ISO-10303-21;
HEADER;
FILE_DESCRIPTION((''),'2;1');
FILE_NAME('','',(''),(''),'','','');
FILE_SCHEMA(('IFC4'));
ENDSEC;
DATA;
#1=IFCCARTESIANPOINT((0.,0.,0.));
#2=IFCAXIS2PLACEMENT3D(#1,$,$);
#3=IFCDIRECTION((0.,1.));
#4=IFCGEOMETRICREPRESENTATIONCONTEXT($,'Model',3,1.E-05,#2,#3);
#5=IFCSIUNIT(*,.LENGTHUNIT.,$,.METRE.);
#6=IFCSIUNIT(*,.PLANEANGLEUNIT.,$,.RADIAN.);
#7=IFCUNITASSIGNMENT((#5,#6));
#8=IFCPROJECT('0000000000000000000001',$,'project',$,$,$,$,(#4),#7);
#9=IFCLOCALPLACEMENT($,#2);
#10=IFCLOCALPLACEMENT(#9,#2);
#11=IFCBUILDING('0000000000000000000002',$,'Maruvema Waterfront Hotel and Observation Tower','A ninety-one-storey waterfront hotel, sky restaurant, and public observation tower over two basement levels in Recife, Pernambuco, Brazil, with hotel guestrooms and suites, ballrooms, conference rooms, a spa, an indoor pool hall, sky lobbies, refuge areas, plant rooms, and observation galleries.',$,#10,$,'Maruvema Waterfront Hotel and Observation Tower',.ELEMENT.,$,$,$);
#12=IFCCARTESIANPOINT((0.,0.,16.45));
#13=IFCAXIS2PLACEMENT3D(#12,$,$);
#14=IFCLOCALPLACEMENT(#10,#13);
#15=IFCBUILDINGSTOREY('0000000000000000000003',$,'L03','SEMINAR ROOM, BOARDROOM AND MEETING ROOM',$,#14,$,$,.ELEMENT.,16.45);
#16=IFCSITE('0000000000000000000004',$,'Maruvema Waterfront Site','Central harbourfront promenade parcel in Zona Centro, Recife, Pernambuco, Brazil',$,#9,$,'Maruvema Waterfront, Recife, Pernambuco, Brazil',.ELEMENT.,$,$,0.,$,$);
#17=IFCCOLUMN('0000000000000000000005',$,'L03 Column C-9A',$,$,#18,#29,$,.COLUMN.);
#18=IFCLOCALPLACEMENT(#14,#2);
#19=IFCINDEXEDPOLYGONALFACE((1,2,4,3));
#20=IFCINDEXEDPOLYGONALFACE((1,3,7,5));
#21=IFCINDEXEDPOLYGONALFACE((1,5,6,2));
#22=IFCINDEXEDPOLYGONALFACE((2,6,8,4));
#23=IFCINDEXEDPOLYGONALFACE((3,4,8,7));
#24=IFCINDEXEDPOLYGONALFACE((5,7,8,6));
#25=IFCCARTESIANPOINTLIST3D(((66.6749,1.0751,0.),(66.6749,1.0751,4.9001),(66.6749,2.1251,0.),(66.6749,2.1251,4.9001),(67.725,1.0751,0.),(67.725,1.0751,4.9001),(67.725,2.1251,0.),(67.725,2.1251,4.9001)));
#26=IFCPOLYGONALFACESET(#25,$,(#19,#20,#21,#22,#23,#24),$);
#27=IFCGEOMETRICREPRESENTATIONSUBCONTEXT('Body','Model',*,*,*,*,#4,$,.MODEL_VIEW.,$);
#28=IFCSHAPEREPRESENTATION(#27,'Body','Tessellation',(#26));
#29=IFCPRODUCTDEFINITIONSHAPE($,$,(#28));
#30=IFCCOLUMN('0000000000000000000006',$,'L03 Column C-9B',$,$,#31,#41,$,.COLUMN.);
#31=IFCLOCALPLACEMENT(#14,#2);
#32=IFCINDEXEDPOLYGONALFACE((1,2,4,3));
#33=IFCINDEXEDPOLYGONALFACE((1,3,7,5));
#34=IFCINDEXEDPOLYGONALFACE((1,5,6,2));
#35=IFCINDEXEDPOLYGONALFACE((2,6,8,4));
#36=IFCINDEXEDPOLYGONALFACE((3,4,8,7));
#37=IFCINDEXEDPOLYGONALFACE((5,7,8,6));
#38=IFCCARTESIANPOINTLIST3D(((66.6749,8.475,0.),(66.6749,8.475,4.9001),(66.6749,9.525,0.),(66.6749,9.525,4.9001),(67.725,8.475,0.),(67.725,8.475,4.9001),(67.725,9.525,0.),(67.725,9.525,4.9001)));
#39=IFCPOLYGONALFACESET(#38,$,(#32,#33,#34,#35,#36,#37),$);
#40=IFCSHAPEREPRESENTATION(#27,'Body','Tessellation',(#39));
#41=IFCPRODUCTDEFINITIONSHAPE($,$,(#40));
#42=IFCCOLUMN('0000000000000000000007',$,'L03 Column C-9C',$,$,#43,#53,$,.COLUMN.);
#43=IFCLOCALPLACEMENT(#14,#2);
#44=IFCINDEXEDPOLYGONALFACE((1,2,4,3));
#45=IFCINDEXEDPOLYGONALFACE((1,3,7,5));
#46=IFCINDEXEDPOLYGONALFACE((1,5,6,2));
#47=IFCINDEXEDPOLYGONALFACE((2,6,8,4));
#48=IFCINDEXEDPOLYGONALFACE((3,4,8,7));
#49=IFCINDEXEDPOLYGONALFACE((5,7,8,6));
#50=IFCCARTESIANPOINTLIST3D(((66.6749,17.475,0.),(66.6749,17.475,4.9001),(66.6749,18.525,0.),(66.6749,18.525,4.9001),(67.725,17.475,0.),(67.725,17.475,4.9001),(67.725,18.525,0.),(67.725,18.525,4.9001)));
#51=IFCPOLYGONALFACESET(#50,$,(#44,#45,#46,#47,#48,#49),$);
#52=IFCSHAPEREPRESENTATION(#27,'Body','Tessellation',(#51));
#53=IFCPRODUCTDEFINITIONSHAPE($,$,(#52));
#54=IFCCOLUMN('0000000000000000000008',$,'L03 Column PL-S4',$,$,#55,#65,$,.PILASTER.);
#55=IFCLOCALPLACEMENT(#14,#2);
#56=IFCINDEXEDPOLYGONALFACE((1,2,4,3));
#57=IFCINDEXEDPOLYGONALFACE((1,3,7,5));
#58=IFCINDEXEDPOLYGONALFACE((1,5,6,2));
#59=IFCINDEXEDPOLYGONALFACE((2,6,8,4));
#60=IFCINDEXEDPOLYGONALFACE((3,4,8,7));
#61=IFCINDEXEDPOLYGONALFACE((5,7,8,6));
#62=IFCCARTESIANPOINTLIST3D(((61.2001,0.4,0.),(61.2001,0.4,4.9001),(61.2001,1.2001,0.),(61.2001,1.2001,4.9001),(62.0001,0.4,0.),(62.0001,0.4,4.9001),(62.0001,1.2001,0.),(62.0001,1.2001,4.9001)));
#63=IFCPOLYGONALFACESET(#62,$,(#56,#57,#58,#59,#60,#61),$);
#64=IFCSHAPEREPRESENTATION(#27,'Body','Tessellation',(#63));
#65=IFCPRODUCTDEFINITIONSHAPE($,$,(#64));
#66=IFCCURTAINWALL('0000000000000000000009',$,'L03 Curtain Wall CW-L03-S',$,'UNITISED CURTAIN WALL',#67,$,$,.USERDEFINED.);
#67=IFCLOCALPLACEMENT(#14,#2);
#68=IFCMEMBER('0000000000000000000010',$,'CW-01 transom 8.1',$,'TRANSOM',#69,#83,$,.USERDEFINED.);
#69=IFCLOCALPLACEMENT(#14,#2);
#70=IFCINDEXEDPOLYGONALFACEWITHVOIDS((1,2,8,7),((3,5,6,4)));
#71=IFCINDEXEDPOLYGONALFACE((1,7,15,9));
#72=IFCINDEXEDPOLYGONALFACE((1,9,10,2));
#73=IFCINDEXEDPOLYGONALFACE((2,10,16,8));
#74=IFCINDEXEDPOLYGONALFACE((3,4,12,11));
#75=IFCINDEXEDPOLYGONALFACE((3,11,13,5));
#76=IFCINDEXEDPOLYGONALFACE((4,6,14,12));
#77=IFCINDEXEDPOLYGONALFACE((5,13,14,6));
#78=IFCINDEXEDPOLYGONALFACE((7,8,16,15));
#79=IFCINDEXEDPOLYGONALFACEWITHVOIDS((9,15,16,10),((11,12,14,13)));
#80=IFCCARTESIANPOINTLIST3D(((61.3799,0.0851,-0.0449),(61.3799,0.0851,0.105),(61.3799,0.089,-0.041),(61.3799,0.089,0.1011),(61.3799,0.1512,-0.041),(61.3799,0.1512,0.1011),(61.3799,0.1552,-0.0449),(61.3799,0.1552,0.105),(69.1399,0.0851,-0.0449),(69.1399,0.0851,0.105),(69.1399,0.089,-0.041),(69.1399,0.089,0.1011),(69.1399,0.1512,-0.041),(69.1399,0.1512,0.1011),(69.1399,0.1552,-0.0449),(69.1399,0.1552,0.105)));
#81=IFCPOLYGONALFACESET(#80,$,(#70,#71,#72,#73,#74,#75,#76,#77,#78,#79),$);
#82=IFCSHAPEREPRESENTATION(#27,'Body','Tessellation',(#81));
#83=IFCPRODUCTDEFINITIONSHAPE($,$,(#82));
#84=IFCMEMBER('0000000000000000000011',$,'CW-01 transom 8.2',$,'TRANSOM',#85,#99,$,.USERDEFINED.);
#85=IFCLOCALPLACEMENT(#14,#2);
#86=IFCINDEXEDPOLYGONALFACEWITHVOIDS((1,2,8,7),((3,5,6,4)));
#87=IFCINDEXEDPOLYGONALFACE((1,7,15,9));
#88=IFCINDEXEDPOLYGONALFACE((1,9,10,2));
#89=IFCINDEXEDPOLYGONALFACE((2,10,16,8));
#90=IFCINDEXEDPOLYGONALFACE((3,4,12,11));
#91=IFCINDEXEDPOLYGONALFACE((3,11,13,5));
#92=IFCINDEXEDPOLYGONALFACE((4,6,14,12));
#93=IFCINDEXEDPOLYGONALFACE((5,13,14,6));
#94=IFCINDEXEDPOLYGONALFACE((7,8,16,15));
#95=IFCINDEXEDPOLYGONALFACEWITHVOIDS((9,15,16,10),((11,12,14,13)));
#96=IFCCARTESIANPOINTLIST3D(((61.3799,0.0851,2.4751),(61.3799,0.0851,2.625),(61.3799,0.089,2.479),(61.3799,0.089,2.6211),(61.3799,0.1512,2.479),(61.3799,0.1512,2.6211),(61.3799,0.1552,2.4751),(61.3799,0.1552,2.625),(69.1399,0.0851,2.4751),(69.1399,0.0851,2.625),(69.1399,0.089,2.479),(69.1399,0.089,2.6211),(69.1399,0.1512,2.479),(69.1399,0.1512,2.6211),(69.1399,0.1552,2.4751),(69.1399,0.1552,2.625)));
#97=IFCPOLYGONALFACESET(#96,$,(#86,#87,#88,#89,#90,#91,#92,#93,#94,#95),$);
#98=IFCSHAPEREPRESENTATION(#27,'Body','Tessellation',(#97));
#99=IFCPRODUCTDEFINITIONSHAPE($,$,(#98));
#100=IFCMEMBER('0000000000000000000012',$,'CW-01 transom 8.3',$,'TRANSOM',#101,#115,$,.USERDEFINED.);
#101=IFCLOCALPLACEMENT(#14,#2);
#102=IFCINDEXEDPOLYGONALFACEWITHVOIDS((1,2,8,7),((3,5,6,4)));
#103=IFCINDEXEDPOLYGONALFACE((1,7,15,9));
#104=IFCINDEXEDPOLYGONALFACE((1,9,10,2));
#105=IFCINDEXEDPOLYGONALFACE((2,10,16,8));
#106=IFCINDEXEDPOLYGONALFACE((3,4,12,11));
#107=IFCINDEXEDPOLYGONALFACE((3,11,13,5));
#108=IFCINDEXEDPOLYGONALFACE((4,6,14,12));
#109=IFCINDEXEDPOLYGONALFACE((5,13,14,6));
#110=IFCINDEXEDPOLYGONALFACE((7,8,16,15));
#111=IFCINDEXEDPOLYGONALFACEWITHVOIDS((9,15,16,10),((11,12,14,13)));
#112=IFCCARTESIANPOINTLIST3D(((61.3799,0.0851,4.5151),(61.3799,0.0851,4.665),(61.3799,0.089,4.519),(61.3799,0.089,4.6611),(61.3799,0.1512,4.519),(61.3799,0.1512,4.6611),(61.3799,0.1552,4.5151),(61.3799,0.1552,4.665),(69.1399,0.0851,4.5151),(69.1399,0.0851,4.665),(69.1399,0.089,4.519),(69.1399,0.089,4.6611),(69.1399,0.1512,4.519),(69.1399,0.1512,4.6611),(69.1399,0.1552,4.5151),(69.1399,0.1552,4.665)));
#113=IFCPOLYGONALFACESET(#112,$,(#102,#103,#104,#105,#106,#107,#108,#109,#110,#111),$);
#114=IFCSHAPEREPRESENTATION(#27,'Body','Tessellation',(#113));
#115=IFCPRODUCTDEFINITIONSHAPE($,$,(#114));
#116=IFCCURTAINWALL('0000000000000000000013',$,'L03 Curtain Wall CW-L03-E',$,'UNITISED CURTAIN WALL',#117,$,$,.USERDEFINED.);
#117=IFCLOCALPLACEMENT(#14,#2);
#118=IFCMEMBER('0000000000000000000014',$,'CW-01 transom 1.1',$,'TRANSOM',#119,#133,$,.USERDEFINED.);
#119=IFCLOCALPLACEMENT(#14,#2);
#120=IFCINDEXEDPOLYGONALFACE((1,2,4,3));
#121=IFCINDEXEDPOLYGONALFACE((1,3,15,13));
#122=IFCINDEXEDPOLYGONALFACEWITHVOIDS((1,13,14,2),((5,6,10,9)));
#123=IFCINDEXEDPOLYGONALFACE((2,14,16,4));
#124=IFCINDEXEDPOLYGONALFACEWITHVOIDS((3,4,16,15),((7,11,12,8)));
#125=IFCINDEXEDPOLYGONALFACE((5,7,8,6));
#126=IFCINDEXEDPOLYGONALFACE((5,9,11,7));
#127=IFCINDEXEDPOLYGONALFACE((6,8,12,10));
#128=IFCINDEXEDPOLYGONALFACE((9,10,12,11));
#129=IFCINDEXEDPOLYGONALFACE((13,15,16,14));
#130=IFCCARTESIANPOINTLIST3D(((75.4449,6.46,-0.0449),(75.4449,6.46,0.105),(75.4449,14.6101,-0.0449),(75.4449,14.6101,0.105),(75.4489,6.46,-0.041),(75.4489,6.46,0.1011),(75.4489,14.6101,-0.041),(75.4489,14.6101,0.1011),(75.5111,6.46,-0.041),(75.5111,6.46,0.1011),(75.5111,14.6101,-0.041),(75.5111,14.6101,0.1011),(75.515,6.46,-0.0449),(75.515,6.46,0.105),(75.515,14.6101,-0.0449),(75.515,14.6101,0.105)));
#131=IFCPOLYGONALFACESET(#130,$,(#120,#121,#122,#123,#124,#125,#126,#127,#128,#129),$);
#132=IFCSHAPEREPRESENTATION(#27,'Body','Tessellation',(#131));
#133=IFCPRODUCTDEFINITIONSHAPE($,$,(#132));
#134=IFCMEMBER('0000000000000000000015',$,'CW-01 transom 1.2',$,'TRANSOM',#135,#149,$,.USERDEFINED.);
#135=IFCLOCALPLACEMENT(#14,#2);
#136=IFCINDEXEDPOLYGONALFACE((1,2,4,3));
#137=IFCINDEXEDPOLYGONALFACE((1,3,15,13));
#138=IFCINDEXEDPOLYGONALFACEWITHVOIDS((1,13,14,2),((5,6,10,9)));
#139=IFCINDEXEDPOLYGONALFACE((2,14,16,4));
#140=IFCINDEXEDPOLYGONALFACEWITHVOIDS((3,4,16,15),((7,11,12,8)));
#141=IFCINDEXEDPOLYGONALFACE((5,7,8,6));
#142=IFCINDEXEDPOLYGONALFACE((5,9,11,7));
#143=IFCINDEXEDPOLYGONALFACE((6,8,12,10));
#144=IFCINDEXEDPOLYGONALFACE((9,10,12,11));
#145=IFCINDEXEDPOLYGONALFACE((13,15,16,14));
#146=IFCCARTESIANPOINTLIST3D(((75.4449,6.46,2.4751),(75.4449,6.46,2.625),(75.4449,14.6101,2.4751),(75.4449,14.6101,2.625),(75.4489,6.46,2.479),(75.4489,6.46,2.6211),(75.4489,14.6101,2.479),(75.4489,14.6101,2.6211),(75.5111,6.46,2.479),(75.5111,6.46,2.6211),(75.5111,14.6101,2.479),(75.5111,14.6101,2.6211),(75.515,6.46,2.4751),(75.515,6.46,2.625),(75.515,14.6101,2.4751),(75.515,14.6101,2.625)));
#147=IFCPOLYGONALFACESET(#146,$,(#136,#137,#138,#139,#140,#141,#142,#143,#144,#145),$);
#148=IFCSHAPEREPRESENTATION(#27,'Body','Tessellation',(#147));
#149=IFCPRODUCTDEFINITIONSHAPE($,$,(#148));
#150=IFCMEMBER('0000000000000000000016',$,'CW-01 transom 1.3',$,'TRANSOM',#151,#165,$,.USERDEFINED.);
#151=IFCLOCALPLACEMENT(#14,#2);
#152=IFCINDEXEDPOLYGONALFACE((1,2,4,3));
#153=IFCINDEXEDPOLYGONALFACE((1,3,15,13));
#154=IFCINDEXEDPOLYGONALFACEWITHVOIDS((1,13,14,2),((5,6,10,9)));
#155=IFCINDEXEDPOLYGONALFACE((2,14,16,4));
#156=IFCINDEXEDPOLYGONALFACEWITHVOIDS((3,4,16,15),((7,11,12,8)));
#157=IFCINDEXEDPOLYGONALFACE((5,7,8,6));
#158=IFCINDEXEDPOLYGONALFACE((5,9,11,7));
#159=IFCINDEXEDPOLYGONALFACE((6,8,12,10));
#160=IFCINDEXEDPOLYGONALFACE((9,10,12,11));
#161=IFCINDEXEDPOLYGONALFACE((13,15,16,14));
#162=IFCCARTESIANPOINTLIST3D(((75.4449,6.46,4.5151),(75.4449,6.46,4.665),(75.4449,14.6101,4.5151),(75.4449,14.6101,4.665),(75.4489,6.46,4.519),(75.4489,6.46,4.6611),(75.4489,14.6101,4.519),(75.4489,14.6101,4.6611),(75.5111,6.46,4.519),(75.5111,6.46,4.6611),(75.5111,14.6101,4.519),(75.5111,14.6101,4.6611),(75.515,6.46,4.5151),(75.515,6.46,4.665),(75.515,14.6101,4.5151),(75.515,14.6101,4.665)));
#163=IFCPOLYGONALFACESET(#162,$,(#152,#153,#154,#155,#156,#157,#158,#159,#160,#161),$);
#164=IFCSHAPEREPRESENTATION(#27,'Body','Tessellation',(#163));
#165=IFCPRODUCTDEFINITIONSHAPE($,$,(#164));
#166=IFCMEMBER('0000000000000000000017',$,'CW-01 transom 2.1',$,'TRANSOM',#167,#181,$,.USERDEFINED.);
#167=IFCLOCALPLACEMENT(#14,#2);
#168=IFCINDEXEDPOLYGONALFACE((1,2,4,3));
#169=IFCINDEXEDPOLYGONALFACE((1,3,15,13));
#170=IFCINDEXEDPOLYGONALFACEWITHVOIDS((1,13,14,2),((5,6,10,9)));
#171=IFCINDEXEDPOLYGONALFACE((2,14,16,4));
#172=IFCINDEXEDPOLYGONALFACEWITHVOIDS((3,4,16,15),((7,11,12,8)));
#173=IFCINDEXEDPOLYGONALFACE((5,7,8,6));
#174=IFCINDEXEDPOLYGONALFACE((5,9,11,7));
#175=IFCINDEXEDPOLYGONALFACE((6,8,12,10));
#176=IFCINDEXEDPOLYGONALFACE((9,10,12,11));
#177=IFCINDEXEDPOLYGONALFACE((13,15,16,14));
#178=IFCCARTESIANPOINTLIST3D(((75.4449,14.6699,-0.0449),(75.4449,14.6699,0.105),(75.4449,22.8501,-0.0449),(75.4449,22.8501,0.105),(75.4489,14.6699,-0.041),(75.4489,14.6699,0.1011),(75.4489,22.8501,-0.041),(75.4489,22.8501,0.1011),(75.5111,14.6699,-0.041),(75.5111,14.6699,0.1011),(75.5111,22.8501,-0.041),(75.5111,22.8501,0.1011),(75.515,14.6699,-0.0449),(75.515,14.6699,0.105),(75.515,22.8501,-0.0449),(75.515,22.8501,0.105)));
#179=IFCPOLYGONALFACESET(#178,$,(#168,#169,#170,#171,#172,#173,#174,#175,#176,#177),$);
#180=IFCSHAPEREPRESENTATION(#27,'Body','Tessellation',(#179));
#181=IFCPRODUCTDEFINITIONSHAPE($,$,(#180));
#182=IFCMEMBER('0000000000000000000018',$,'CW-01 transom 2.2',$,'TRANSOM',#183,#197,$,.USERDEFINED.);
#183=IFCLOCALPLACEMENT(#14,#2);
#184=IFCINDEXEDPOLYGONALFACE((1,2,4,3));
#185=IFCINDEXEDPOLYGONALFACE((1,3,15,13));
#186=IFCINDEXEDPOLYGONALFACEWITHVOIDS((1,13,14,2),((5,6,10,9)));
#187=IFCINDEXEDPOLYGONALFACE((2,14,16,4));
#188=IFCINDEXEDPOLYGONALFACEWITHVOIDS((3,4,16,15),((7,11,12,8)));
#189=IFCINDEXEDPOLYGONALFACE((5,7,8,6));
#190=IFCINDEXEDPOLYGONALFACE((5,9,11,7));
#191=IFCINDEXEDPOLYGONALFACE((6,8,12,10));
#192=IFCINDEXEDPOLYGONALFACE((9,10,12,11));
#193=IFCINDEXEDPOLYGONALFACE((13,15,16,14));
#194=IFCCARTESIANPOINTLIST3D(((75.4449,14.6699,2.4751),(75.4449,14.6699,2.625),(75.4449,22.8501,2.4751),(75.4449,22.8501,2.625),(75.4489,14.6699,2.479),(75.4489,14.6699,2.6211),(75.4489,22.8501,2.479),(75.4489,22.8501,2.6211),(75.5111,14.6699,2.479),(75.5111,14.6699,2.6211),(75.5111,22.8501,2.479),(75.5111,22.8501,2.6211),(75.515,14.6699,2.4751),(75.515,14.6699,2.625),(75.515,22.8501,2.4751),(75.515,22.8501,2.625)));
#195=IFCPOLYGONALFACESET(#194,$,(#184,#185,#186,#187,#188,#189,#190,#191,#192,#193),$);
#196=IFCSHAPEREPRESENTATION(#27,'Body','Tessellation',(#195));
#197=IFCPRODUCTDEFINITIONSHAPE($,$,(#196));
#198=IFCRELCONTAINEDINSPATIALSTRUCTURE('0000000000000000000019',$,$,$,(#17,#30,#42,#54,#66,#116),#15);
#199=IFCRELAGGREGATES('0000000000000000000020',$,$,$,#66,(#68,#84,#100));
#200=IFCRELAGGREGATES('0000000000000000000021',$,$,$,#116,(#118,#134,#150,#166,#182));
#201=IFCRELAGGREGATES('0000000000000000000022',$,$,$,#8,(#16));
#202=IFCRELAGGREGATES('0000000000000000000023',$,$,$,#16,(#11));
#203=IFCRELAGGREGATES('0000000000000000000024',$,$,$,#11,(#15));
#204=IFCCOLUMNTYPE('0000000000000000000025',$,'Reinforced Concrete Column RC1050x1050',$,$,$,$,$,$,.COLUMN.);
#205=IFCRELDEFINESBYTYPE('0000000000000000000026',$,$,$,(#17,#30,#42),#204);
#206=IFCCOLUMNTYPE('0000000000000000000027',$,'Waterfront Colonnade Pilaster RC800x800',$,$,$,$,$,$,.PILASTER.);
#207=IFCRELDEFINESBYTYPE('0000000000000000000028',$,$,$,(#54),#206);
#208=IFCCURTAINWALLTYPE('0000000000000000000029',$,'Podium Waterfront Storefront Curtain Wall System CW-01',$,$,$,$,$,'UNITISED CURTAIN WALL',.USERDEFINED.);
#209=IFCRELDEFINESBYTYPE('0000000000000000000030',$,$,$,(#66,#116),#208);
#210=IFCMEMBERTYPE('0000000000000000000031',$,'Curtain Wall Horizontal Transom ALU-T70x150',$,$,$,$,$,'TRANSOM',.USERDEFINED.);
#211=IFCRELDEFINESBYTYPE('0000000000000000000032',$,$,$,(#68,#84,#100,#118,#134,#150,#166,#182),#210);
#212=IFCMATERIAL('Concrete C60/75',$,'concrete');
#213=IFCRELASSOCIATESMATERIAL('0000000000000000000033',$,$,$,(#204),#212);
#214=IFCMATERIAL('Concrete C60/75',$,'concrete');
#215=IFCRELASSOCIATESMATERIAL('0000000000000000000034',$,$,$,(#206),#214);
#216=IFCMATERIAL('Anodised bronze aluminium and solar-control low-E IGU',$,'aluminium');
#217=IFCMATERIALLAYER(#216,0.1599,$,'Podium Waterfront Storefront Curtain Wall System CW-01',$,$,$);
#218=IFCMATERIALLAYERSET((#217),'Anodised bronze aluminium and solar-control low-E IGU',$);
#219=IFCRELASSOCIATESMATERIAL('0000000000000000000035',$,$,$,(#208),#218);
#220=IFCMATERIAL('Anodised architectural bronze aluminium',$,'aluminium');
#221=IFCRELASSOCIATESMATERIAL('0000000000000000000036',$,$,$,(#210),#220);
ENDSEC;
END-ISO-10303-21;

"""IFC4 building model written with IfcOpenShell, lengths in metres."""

from ifc_helpers import new_model, si_unit, direction, frame, origin, origin_2d, place, context, subcontext, project, spatial, rectangle, hollow_rectangle, extrude, material, layer, layer_set, material_profile, profile_set, type_object, element, aggregate, save


model = new_model("IFC4")

# Units and contexts
model_context = context("Model", 3, precision=1e-05, world=origin(), true_north=direction((0.0, 1.0)))
body_context = subcontext(model_context, "Body", "Model", "MODEL_VIEW")
ifc_project = project(units=[si_unit("LENGTHUNIT", "METRE"), si_unit("PLANEANGLEUNIT", "RADIAN")], contexts=[model_context])

# Site, building, storey
site_placement = place(None, origin())
site = spatial("IfcSite", under=ifc_project, at=site_placement, Name="Maruvema Waterfront Site", Description="Central harbourfront promenade parcel in Zona Centro, Recife, Pernambuco, Brazil", LongName="Maruvema Waterfront, Recife, Pernambuco, Brazil", CompositionType="ELEMENT", RefElevation=0.0)
building_placement = place(site_placement, origin())
building = spatial("IfcBuilding", under=site, at=building_placement, Name="Maruvema Waterfront Hotel and Observation Tower", Description="A ninety-one-storey waterfront hotel, sky restaurant, and public observation tower over two basement levels in Recife, Pernambuco, Brazil, with hotel guestrooms and suites, ballrooms, conference rooms, a spa, an indoor pool hall, sky lobbies, refuge areas, plant rooms, and observation galleries.", LongName="Maruvema Waterfront Hotel and Observation Tower", CompositionType="ELEMENT")
storey_placement = place(building_placement, frame((0.0, 0.0, 16.45)))
storey = spatial("IfcBuildingStorey", under=building, at=storey_placement, Name="L03", Description="SEMINAR ROOM, BOARDROOM AND MEETING ROOM", CompositionType="ELEMENT", Elevation=16.45)

# Columns
ifc_material_1 = material(Name="Concrete C60/75", Category="concrete")
ifc_material_profile_1 = material_profile(ifc_material_1, rectangle(XDim=1.05, YDim=1.05, at=origin_2d()), Name="RC1050x1050")
ifc_profile_set_1 = profile_set([ifc_material_profile_1], Name="Concrete C60/75")
column_type_1 = type_object("IfcColumnType", Name="Reinforced Concrete Column RC1050x1050", PredefinedType="COLUMN", material=ifc_profile_set_1)
for number, where, z_axis, x_axis, name in (
    (1, (67.2, 1.6001, 0.0), (0.0, 0.0, 1.0), (1.0, 0.0, 0.0), "L03 Column C-9A"),
    (2, (67.2, 9.0, 0.0), (0.0, 0.0, 1.0), (1.0, 0.0, 0.0), "L03 Column C-9B"),
    (3, (67.2, 18.0, 0.0), (0.0, 0.0, 1.0), (1.0, 0.0, 0.0), "L03 Column C-9C"),
):
    element("IfcColumn", number, at=place(storey_placement, frame(where, z_axis=z_axis, x_axis=x_axis)), inside=storey, type_object=column_type_1, Name=name, PredefinedType="COLUMN", context=body_context, shape_type="SweptSolid", body=[
        extrude(rectangle(XDim=1.05, YDim=1.05, at=origin_2d()), origin(), (0.0, 0.0, 1.0), 4.9001),
    ])
ifc_material_2 = material(Name="Concrete C60/75", Category="concrete")
ifc_material_profile_2 = material_profile(ifc_material_2, rectangle(XDim=0.8, YDim=0.8, at=origin_2d()), Name="RC800x800")
ifc_profile_set_2 = profile_set([ifc_material_profile_2], Name="Concrete C60/75")
column_type_2 = type_object("IfcColumnType", Name="Waterfront Colonnade Pilaster RC800x800", PredefinedType="PILASTER", material=ifc_profile_set_2)
column_placement = place(storey_placement, frame((61.6001, 0.8, 0.0), z_axis=(0.0, 0.0, 1.0), x_axis=(1.0, 0.0, 0.0)))
element("IfcColumn", 4, at=column_placement, inside=storey, type_object=column_type_2, Name="L03 Column PL-S4", PredefinedType="PILASTER", context=body_context, shape_type="SweptSolid", body=[
    extrude(rectangle(XDim=0.8, YDim=0.8, at=origin_2d()), origin(), (0.0, 0.0, 1.0), 4.9001),
])

# Curtain walls, members
ifc_material_3 = material(Name="Anodised bronze aluminium and solar-control low-E IGU", Category="aluminium")
ifc_layer_1 = layer(ifc_material_3, 0.1599, Name="Podium Waterfront Storefront Curtain Wall System CW-01")
ifc_layer_set_1 = layer_set([ifc_layer_1], Name="Anodised bronze aluminium and solar-control low-E IGU")
curtain_wall_type = type_object("IfcCurtainWallType", Name="Podium Waterfront Storefront Curtain Wall System CW-01", ElementType="UNITISED CURTAIN WALL", PredefinedType="USERDEFINED", material=ifc_layer_set_1)
curtain_wall_1_placement = place(storey_placement, origin())
curtain_wall_1 = element("IfcCurtainWall", 5, at=curtain_wall_1_placement, inside=storey, type_object=curtain_wall_type, Name="L03 Curtain Wall CW-L03-S", ObjectType="UNITISED CURTAIN WALL", PredefinedType="USERDEFINED")
ifc_material_4 = material(Name="Anodised architectural bronze aluminium", Category="aluminium")
ifc_material_profile_3 = material_profile(ifc_material_4, hollow_rectangle(XDim=0.0701, YDim=0.1499, WallThickness=0.0039, at=origin_2d()), Name="ALU-T70x150")
ifc_profile_set_3 = profile_set([ifc_material_profile_3], Name="Anodised architectural bronze aluminium")
member_type_1 = type_object("IfcMemberType", Name="Curtain Wall Horizontal Transom ALU-T70x150", ElementType="TRANSOM", PredefinedType="USERDEFINED", material=ifc_profile_set_3)
member_1_placement = place(storey_placement, frame((61.3799, 0.1201, 0.03), z_axis=(1.0, 0.0, 0.0), x_axis=(0.0, 1.0, 0.0)))
member_1 = element("IfcMember", 6, at=member_1_placement, type_object=member_type_1, Name="CW-01 transom 8.1", ObjectType="TRANSOM", PredefinedType="USERDEFINED", context=body_context, shape_type="SweptSolid", body=[
    extrude(hollow_rectangle(XDim=0.0701, YDim=0.1499, WallThickness=0.0039, at=origin_2d()), origin(), (0.0, 0.0, 1.0), 7.76),
])
member_2_placement = place(storey_placement, frame((61.3799, 0.1201, 2.55), z_axis=(1.0, 0.0, 0.0), x_axis=(0.0, 1.0, 0.0)))
member_2 = element("IfcMember", 7, at=member_2_placement, type_object=member_type_1, Name="CW-01 transom 8.2", ObjectType="TRANSOM", PredefinedType="USERDEFINED", context=body_context, shape_type="SweptSolid", body=[
    extrude(hollow_rectangle(XDim=0.0701, YDim=0.1499, WallThickness=0.0039, at=origin_2d()), origin(), (0.0, 0.0, 1.0), 7.76),
])
member_3_placement = place(storey_placement, frame((61.3799, 0.1201, 4.5901), z_axis=(1.0, 0.0, 0.0), x_axis=(0.0, 1.0, 0.0)))
member_3 = element("IfcMember", 8, at=member_3_placement, type_object=member_type_1, Name="CW-01 transom 8.3", ObjectType="TRANSOM", PredefinedType="USERDEFINED", context=body_context, shape_type="SweptSolid", body=[
    extrude(hollow_rectangle(XDim=0.0701, YDim=0.1499, WallThickness=0.0039, at=origin_2d()), origin(), (0.0, 0.0, 1.0), 7.76),
])
curtain_wall_2_placement = place(storey_placement, origin())
curtain_wall_2 = element("IfcCurtainWall", 9, at=curtain_wall_2_placement, inside=storey, type_object=curtain_wall_type, Name="L03 Curtain Wall CW-L03-E", ObjectType="UNITISED CURTAIN WALL", PredefinedType="USERDEFINED")
member_4_placement = place(storey_placement, frame((75.48, 6.46, 0.03), z_axis=(0.0, 1.0, 0.0), x_axis=(-1.0, 0.0, 0.0)))
member_4 = element("IfcMember", 10, at=member_4_placement, type_object=member_type_1, Name="CW-01 transom 1.1", ObjectType="TRANSOM", PredefinedType="USERDEFINED", context=body_context, shape_type="SweptSolid", body=[
    extrude(hollow_rectangle(XDim=0.0701, YDim=0.1499, WallThickness=0.0039, at=origin_2d()), origin(), (0.0, 0.0, 1.0), 8.1501),
])
member_5_placement = place(storey_placement, frame((75.48, 6.46, 2.55), z_axis=(0.0, 1.0, 0.0), x_axis=(-1.0, 0.0, 0.0)))
member_5 = element("IfcMember", 11, at=member_5_placement, type_object=member_type_1, Name="CW-01 transom 1.2", ObjectType="TRANSOM", PredefinedType="USERDEFINED", context=body_context, shape_type="SweptSolid", body=[
    extrude(hollow_rectangle(XDim=0.0701, YDim=0.1499, WallThickness=0.0039, at=origin_2d()), origin(), (0.0, 0.0, 1.0), 8.1501),
])
member_6_placement = place(storey_placement, frame((75.48, 6.46, 4.5901), z_axis=(0.0, 1.0, 0.0), x_axis=(-1.0, 0.0, 0.0)))
member_6 = element("IfcMember", 12, at=member_6_placement, type_object=member_type_1, Name="CW-01 transom 1.3", ObjectType="TRANSOM", PredefinedType="USERDEFINED", context=body_context, shape_type="SweptSolid", body=[
    extrude(hollow_rectangle(XDim=0.0701, YDim=0.1499, WallThickness=0.0039, at=origin_2d()), origin(), (0.0, 0.0, 1.0), 8.1501),
])
member_7_placement = place(storey_placement, frame((75.48, 14.6699, 0.03), z_axis=(0.0, 1.0, 0.0), x_axis=(-1.0, 0.0, 0.0)))
member_7 = element("IfcMember", 13, at=member_7_placement, type_object=member_type_1, Name="CW-01 transom 2.1", ObjectType="TRANSOM", PredefinedType="USERDEFINED", context=body_context, shape_type="SweptSolid", body=[
    extrude(hollow_rectangle(XDim=0.0701, YDim=0.1499, WallThickness=0.0039, at=origin_2d()), origin(), (0.0, 0.0, 1.0), 8.1802),
])
member_8_placement = place(storey_placement, frame((75.48, 14.6699, 2.55), z_axis=(0.0, 1.0, 0.0), x_axis=(-1.0, 0.0, 0.0)))
member_8 = element("IfcMember", 14, at=member_8_placement, type_object=member_type_1, Name="CW-01 transom 2.2", ObjectType="TRANSOM", PredefinedType="USERDEFINED", context=body_context, shape_type="SweptSolid", body=[
    extrude(hollow_rectangle(XDim=0.0701, YDim=0.1499, WallThickness=0.0039, at=origin_2d()), origin(), (0.0, 0.0, 1.0), 8.1802),
])

aggregate(curtain_wall_1, [member_1, member_2, member_3])
aggregate(curtain_wall_2, [member_4, member_5, member_6, member_7, member_8])

save(model, "model.ifc")
